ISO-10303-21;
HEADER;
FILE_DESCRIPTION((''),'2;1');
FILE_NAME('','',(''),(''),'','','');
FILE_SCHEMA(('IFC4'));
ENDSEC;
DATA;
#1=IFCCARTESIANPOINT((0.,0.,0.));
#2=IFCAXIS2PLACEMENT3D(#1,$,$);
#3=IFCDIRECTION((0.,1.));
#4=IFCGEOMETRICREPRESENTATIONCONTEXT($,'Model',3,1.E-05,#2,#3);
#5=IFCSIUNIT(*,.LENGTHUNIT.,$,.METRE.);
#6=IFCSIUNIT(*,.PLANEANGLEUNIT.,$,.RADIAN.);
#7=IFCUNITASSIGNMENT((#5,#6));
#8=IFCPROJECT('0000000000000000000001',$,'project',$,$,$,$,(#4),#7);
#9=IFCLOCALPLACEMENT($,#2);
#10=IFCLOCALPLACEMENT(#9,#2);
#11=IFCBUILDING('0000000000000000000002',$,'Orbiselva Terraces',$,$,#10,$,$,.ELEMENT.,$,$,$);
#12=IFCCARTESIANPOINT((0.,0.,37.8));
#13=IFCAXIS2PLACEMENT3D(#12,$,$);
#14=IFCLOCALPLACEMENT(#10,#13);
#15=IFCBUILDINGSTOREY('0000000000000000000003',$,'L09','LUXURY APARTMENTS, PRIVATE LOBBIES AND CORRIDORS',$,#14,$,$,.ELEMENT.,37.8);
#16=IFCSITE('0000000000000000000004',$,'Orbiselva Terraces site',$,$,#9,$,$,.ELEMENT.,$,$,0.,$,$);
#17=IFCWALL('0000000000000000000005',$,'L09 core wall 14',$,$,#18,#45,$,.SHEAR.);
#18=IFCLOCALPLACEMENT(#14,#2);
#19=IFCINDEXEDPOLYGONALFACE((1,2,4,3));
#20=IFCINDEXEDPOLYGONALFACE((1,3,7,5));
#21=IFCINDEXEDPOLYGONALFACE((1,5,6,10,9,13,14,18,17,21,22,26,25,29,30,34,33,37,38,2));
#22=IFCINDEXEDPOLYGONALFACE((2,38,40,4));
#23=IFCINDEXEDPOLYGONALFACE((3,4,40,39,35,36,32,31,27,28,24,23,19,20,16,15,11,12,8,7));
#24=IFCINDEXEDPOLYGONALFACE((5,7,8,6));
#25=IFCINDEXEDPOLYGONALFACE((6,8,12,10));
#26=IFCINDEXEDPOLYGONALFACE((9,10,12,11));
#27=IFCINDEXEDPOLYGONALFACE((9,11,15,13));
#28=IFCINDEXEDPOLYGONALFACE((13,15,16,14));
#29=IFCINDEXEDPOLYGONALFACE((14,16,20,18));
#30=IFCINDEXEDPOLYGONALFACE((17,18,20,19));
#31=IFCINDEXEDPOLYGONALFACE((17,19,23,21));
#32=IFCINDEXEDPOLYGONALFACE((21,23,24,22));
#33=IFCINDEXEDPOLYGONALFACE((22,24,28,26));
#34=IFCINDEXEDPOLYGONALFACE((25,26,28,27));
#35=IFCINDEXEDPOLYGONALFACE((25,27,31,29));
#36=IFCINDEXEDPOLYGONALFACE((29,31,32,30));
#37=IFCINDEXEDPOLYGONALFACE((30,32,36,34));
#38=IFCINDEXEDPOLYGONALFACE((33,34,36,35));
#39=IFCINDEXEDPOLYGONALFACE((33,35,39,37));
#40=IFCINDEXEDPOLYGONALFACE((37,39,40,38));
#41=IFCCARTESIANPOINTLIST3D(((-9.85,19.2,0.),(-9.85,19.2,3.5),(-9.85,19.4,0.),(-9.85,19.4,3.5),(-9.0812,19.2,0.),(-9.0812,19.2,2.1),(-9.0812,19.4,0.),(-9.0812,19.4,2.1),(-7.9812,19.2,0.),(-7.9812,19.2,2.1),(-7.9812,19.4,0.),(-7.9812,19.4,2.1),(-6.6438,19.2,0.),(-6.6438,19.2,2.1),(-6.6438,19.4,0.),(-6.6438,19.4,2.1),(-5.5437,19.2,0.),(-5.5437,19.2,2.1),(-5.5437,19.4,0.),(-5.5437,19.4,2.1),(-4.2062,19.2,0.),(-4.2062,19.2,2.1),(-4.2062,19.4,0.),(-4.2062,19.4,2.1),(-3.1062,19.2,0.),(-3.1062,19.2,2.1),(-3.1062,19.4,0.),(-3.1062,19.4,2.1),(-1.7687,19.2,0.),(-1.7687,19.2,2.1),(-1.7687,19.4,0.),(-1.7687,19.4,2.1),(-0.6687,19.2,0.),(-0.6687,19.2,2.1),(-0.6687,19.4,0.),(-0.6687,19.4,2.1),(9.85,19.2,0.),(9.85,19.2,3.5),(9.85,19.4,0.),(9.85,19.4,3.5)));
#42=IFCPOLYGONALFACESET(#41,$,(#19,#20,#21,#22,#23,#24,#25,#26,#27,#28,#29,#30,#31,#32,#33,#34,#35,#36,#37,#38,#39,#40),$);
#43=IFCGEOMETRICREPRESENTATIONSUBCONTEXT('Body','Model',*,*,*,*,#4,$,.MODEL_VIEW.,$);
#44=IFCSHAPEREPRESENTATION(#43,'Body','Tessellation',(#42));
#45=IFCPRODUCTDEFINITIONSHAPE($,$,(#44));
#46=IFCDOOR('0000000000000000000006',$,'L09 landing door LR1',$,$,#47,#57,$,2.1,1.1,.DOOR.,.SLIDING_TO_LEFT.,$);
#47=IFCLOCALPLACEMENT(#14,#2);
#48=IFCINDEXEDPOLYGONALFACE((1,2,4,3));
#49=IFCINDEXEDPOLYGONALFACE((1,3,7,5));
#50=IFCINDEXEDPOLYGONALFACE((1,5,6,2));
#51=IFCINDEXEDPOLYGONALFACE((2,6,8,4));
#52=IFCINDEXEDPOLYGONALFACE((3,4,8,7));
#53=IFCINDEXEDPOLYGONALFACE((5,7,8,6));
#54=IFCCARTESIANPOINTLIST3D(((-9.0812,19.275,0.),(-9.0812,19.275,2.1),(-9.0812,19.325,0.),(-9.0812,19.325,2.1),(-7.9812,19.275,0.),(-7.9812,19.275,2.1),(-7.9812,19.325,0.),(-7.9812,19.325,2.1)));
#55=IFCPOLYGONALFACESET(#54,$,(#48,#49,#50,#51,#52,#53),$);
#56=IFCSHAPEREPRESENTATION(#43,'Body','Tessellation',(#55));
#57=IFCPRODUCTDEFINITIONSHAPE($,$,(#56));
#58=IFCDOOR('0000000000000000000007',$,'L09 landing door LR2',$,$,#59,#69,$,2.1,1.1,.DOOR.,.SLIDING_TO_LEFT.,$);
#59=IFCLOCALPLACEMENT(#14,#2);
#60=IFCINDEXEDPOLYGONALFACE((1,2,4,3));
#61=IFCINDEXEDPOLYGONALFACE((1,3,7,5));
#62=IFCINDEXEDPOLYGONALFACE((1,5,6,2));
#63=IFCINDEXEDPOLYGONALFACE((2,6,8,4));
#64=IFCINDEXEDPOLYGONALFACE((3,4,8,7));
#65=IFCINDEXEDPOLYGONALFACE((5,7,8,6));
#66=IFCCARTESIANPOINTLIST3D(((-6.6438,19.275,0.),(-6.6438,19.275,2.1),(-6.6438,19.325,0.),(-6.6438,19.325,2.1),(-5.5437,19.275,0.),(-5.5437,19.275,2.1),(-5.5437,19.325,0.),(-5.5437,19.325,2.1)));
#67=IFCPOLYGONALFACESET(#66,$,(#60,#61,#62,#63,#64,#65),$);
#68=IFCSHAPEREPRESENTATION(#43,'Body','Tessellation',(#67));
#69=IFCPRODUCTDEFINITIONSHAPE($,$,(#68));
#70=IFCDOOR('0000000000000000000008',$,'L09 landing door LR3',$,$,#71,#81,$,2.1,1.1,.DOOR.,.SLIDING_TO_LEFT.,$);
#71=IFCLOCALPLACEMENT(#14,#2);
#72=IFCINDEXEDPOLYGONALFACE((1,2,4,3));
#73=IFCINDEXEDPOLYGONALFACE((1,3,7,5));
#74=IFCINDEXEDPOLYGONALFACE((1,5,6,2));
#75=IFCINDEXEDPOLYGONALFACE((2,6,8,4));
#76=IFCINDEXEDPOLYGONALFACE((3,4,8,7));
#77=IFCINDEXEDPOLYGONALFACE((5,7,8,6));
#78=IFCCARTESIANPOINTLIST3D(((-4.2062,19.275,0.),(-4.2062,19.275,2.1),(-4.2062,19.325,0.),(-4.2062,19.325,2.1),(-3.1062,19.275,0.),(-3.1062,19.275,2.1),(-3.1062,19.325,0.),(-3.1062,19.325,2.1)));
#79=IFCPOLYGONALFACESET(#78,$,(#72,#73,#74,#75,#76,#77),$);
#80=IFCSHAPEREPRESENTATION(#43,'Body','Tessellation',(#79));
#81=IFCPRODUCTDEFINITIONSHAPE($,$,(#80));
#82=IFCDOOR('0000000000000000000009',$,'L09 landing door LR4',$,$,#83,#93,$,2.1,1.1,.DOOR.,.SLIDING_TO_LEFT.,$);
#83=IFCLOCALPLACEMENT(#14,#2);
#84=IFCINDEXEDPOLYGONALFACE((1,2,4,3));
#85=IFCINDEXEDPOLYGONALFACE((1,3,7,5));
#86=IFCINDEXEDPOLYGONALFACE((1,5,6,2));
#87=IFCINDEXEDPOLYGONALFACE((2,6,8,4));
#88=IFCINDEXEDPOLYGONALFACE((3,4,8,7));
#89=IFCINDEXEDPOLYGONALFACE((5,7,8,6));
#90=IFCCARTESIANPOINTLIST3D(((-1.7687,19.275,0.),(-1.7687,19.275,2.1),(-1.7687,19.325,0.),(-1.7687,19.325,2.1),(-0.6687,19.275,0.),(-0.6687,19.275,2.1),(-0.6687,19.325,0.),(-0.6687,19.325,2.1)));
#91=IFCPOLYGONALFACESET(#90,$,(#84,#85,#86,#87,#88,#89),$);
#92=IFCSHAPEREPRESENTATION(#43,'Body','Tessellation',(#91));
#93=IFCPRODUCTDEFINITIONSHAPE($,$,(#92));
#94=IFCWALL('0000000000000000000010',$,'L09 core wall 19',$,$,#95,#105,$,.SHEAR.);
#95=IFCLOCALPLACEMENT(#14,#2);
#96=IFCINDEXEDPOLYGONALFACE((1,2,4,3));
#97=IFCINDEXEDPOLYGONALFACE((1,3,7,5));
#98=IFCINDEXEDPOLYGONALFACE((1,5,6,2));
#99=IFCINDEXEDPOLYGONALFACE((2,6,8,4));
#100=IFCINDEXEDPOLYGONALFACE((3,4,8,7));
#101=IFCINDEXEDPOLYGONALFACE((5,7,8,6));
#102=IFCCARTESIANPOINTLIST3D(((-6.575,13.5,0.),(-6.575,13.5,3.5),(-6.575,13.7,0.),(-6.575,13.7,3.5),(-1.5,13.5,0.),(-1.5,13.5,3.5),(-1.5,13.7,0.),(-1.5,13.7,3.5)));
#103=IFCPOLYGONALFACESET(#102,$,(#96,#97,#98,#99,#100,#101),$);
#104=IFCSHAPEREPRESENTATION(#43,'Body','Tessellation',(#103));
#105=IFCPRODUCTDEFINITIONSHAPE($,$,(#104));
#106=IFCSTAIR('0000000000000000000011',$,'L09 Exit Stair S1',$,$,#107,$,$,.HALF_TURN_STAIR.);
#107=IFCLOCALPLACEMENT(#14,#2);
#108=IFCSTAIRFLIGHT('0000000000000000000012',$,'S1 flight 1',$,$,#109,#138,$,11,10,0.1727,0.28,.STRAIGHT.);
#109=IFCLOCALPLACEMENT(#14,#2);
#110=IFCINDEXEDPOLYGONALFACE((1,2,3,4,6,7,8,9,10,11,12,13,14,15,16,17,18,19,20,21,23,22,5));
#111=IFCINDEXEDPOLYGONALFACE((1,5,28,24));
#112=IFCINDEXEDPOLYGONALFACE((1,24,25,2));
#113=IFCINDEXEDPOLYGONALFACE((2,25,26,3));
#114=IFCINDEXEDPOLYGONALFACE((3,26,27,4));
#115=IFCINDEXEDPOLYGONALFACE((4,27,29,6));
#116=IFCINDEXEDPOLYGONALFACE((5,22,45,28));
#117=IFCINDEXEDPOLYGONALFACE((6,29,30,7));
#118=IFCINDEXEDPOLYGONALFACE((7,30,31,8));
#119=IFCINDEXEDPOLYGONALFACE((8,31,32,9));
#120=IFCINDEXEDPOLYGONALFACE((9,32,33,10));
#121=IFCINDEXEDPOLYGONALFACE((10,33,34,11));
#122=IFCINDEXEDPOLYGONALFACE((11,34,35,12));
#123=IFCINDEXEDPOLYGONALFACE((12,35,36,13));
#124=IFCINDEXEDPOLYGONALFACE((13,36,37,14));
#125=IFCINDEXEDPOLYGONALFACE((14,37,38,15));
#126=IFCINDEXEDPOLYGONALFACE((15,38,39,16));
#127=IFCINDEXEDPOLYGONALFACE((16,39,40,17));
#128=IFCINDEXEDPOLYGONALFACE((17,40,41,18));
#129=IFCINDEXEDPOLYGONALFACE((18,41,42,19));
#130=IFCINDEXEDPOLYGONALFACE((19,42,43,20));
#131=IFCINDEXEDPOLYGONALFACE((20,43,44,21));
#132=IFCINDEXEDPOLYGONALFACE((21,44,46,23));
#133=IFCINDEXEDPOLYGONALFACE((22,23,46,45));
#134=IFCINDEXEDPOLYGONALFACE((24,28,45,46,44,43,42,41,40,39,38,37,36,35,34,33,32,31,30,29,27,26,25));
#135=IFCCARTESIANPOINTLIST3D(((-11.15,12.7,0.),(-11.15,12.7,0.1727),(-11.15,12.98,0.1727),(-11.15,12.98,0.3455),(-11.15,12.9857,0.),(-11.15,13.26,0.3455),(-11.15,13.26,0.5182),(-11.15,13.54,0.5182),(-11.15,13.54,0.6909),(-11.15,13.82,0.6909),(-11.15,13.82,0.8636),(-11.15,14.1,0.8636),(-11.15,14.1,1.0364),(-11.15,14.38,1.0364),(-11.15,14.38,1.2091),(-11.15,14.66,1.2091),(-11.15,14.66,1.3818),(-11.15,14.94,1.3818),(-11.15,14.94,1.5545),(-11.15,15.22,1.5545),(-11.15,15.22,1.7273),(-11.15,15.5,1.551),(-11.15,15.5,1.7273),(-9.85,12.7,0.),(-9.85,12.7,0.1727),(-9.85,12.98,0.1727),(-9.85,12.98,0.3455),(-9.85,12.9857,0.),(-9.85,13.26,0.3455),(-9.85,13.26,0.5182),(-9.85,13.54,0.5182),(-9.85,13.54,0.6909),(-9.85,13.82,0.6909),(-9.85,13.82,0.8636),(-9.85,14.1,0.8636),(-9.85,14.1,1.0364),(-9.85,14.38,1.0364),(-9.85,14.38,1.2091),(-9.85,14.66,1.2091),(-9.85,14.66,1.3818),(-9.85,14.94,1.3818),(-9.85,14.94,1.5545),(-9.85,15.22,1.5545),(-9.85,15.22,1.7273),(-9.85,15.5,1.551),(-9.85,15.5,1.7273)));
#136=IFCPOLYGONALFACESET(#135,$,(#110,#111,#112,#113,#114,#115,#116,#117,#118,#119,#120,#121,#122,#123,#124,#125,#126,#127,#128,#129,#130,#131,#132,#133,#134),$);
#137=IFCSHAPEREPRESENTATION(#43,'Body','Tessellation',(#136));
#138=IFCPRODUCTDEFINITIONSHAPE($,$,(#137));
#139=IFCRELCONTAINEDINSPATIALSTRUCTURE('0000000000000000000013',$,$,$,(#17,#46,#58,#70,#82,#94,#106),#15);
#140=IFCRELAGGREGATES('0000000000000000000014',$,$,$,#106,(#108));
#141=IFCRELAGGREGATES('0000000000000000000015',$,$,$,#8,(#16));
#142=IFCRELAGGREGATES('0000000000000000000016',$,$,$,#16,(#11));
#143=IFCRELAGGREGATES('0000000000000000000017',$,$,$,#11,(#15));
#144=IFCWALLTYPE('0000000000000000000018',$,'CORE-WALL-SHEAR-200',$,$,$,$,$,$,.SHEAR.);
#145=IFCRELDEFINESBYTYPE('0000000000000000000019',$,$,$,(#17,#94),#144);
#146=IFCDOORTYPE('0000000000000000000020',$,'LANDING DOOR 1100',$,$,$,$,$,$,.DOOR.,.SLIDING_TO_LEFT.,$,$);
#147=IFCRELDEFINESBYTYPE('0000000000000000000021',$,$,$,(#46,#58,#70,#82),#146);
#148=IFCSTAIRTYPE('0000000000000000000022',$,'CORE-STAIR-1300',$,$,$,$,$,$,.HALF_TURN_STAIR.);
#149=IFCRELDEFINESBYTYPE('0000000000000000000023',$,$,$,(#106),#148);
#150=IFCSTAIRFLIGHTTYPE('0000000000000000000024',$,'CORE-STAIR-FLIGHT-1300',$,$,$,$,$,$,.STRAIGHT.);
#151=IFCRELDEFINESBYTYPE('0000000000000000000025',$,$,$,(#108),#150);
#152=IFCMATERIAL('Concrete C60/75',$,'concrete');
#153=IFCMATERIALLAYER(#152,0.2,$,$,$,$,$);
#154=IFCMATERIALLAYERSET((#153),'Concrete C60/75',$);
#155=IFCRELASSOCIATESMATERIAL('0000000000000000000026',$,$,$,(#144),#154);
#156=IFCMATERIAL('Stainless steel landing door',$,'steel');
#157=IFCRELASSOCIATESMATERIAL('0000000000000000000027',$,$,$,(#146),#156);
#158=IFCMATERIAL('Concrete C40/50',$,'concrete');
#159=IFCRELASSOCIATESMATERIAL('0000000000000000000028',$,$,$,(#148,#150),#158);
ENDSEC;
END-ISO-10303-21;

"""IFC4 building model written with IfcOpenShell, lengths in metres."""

from ifc_helpers import new_model, si_unit, direction, frame, frame_2d, origin, place, context, subcontext, project, spatial, polyline, rectangle, outline, extrude, material, layer, layer_set, type_object, element, fill, aggregate, save


model = new_model("IFC4")

# Units and contexts
model_context = context("Model", 3, precision=1e-05, world=origin(), true_north=direction((0.0, 1.0)))
body_context = subcontext(model_context, "Body", "Model", "MODEL_VIEW")
ifc_project = project(units=[si_unit("LENGTHUNIT", "METRE"), si_unit("PLANEANGLEUNIT", "RADIAN")], contexts=[model_context])

# Site, building, storey
site_placement = place(None, origin())
site = spatial("IfcSite", under=ifc_project, at=site_placement, Name="Orbiselva Terraces site", CompositionType="ELEMENT", RefElevation=0.0)
building_placement = place(site_placement, origin())
building = spatial("IfcBuilding", under=site, at=building_placement, Name="Orbiselva Terraces", CompositionType="ELEMENT")
storey_placement = place(building_placement, frame((0.0, 0.0, 37.8)))
storey = spatial("IfcBuildingStorey", under=building, at=storey_placement, Name="L09", Description="LUXURY APARTMENTS, PRIVATE LOBBIES AND CORRIDORS", CompositionType="ELEMENT", Elevation=37.8)

# Shared definitions
ifc_material_1 = material(Name="Concrete C40/50", Category="concrete")
ifc_material_2 = material(Name="Concrete C60/75", Category="concrete")
ifc_layer_1 = layer(ifc_material_2, 0.2)
ifc_layer_set_1 = layer_set([ifc_layer_1], Name="Concrete C60/75")
wall_type_1 = type_object("IfcWallType", Name="CORE-WALL-SHEAR-200", PredefinedType="SHEAR", material=ifc_layer_set_1)

# Wall, openings, doors
wall_1_placement = place(storey_placement, frame((-9.85, 19.3, 0.0), z_axis=(0.0, 0.0, 1.0), x_axis=(1.0, 0.0, 0.0)))
wall_1 = element("IfcWall", 1, at=wall_1_placement, inside=storey, type_object=wall_type_1, Name="L09 core wall 14", PredefinedType="SHEAR", context=body_context, shape_type="SweptSolid", body=[
    extrude(rectangle(XDim=19.7, YDim=0.2, at=frame_2d((9.85, 0.0))), origin(), (0.0, 0.0, 1.0), 3.5),
])
opening_1_placement = place(wall_1_placement, frame((0.7688, 0.0, 0.0)))
opening_1 = element("IfcOpeningElement", 2, at=opening_1_placement, cuts=wall_1, PredefinedType="OPENING", context=body_context, shape_type="SweptSolid", body=[
    extrude(rectangle(XDim=1.1, YDim=2.1, at=frame_2d((0.55, 1.05))), frame((0.0, 0.11, 0.0), z_axis=(0.0, -1.0, 0.0), x_axis=(1.0, 0.0, 0.0)), (0.0, 0.0, 1.0), 0.22),
])
opening_2_placement = place(wall_1_placement, frame((3.2062, 0.0, 0.0)))
opening_2 = element("IfcOpeningElement", 3, at=opening_2_placement, cuts=wall_1, PredefinedType="OPENING", context=body_context, shape_type="SweptSolid", body=[
    extrude(rectangle(XDim=1.1, YDim=2.1, at=frame_2d((0.55, 1.05))), frame((0.0, 0.11, 0.0), z_axis=(0.0, -1.0, 0.0), x_axis=(1.0, 0.0, 0.0)), (0.0, 0.0, 1.0), 0.22),
])
opening_3_placement = place(wall_1_placement, frame((5.6437, 0.0, 0.0)))
opening_3 = element("IfcOpeningElement", 4, at=opening_3_placement, cuts=wall_1, PredefinedType="OPENING", context=body_context, shape_type="SweptSolid", body=[
    extrude(rectangle(XDim=1.1, YDim=2.1, at=frame_2d((0.55, 1.05))), frame((0.0, 0.11, 0.0), z_axis=(0.0, -1.0, 0.0), x_axis=(1.0, 0.0, 0.0)), (0.0, 0.0, 1.0), 0.22),
])
opening_4_placement = place(wall_1_placement, frame((8.0813, 0.0, 0.0)))
opening_4 = element("IfcOpeningElement", 5, at=opening_4_placement, cuts=wall_1, PredefinedType="OPENING", context=body_context, shape_type="SweptSolid", body=[
    extrude(rectangle(XDim=1.1, YDim=2.1, at=frame_2d((0.55, 1.05))), frame((0.0, 0.11, 0.0), z_axis=(0.0, -1.0, 0.0), x_axis=(1.0, 0.0, 0.0)), (0.0, 0.0, 1.0), 0.22),
])
ifc_material_3 = material(Name="Stainless steel landing door", Category="steel")
door_type_1 = type_object("IfcDoorType", Name="LANDING DOOR 1100", OperationType="SLIDING_TO_LEFT", PredefinedType="DOOR", material=ifc_material_3)
door_1_placement = place(opening_1_placement, origin())
door_1 = element("IfcDoor", 6, at=door_1_placement, inside=storey, type_object=door_type_1, Name="L09 landing door LR1", OperationType="SLIDING_TO_LEFT", OverallHeight=2.1, OverallWidth=1.1, PredefinedType="DOOR", context=body_context, shape_type="SweptSolid", body=[
    extrude(rectangle(XDim=1.1, YDim=2.1, at=frame_2d((0.55, 1.05))), frame((0.0, 0.025, 0.0), z_axis=(0.0, -1.0, 0.0), x_axis=(1.0, 0.0, 0.0)), (0.0, 0.0, 1.0), 0.05),
])
fill(opening_1, door_1)
door_2_placement = place(opening_2_placement, origin())
door_2 = element("IfcDoor", 7, at=door_2_placement, inside=storey, type_object=door_type_1, Name="L09 landing door LR2", OperationType="SLIDING_TO_LEFT", OverallHeight=2.1, OverallWidth=1.1, PredefinedType="DOOR", context=body_context, shape_type="SweptSolid", body=[
    extrude(rectangle(XDim=1.1, YDim=2.1, at=frame_2d((0.55, 1.05))), frame((0.0, 0.025, 0.0), z_axis=(0.0, -1.0, 0.0), x_axis=(1.0, 0.0, 0.0)), (0.0, 0.0, 1.0), 0.05),
])
fill(opening_2, door_2)
door_3_placement = place(opening_3_placement, origin())
door_3 = element("IfcDoor", 8, at=door_3_placement, inside=storey, type_object=door_type_1, Name="L09 landing door LR3", OperationType="SLIDING_TO_LEFT", OverallHeight=2.1, OverallWidth=1.1, PredefinedType="DOOR", context=body_context, shape_type="SweptSolid", body=[
    extrude(rectangle(XDim=1.1, YDim=2.1, at=frame_2d((0.55, 1.05))), frame((0.0, 0.025, 0.0), z_axis=(0.0, -1.0, 0.0), x_axis=(1.0, 0.0, 0.0)), (0.0, 0.0, 1.0), 0.05),
])
fill(opening_3, door_3)
door_4_placement = place(opening_4_placement, origin())
door_4 = element("IfcDoor", 9, at=door_4_placement, inside=storey, type_object=door_type_1, Name="L09 landing door LR4", OperationType="SLIDING_TO_LEFT", OverallHeight=2.1, OverallWidth=1.1, PredefinedType="DOOR", context=body_context, shape_type="SweptSolid", body=[
    extrude(rectangle(XDim=1.1, YDim=2.1, at=frame_2d((0.55, 1.05))), frame((0.0, 0.025, 0.0), z_axis=(0.0, -1.0, 0.0), x_axis=(1.0, 0.0, 0.0)), (0.0, 0.0, 1.0), 0.05),
])
fill(opening_4, door_4)

# Wall
wall_2_placement = place(storey_placement, frame((-6.575, 13.6, 0.0), z_axis=(0.0, 0.0, 1.0), x_axis=(1.0, 0.0, 0.0)))
element("IfcWall", 10, at=wall_2_placement, inside=storey, type_object=wall_type_1, Name="L09 core wall 19", PredefinedType="SHEAR", context=body_context, shape_type="SweptSolid", body=[
    extrude(rectangle(XDim=5.075, YDim=0.2, at=frame_2d((2.5375, 0.0))), origin(), (0.0, 0.0, 1.0), 3.5),
])

# Stair, stair flight
stair_type = type_object("IfcStairType", Name="CORE-STAIR-1300", PredefinedType="HALF_TURN_STAIR", material=ifc_material_1)
stair_placement = place(storey_placement, origin())
stair = element("IfcStair", 11, at=stair_placement, inside=storey, type_object=stair_type, Name="L09 Exit Stair S1", PredefinedType="HALF_TURN_STAIR")
stair_flight_type = type_object("IfcStairFlightType", Name="CORE-STAIR-FLIGHT-1300", PredefinedType="STRAIGHT", material=ifc_material_1)
stair_flight_placement = place(storey_placement, frame((-10.5, 12.7, 0.0), z_axis=(0.0, 0.0, 1.0), x_axis=(0.0, 1.0, 0.0)))
stair_flight = element("IfcStairFlight", 12, at=stair_flight_placement, type_object=stair_flight_type, Name="S1 flight 1", NumberOfRisers=11, NumberOfTreads=10, PredefinedType="STRAIGHT", RiserHeight=0.1727, TreadLength=0.28, context=body_context, shape_type="SweptSolid", body=[
    extrude(outline(polyline([(0.0, 0.0), (0.0, 0.1727), (0.28, 0.1727), (0.28, 0.3455), (0.56, 0.3455), (0.56, 0.5182), (0.84, 0.5182), (0.84, 0.6909), (1.12, 0.6909), (1.12, 0.8636), (1.4, 0.8636), (1.4, 1.0364), (1.68, 1.0364), (1.68, 1.2091), (1.96, 1.2091), (1.96, 1.3818), (2.24, 1.3818), (2.24, 1.5545), (2.52, 1.5545), (2.52, 1.7273), (2.8, 1.7273), (2.8, 1.9), (2.8, 1.551), (0.2857, 0.0), (0.0, 0.0)])), frame((0.0, 0.65, 0.0), z_axis=(0.0, -1.0, 0.0), x_axis=(1.0, 0.0, 0.0)), (0.0, 0.0, 1.0), 1.3),
])
aggregate(stair, [stair_flight])

save(model, "model.ifc")
